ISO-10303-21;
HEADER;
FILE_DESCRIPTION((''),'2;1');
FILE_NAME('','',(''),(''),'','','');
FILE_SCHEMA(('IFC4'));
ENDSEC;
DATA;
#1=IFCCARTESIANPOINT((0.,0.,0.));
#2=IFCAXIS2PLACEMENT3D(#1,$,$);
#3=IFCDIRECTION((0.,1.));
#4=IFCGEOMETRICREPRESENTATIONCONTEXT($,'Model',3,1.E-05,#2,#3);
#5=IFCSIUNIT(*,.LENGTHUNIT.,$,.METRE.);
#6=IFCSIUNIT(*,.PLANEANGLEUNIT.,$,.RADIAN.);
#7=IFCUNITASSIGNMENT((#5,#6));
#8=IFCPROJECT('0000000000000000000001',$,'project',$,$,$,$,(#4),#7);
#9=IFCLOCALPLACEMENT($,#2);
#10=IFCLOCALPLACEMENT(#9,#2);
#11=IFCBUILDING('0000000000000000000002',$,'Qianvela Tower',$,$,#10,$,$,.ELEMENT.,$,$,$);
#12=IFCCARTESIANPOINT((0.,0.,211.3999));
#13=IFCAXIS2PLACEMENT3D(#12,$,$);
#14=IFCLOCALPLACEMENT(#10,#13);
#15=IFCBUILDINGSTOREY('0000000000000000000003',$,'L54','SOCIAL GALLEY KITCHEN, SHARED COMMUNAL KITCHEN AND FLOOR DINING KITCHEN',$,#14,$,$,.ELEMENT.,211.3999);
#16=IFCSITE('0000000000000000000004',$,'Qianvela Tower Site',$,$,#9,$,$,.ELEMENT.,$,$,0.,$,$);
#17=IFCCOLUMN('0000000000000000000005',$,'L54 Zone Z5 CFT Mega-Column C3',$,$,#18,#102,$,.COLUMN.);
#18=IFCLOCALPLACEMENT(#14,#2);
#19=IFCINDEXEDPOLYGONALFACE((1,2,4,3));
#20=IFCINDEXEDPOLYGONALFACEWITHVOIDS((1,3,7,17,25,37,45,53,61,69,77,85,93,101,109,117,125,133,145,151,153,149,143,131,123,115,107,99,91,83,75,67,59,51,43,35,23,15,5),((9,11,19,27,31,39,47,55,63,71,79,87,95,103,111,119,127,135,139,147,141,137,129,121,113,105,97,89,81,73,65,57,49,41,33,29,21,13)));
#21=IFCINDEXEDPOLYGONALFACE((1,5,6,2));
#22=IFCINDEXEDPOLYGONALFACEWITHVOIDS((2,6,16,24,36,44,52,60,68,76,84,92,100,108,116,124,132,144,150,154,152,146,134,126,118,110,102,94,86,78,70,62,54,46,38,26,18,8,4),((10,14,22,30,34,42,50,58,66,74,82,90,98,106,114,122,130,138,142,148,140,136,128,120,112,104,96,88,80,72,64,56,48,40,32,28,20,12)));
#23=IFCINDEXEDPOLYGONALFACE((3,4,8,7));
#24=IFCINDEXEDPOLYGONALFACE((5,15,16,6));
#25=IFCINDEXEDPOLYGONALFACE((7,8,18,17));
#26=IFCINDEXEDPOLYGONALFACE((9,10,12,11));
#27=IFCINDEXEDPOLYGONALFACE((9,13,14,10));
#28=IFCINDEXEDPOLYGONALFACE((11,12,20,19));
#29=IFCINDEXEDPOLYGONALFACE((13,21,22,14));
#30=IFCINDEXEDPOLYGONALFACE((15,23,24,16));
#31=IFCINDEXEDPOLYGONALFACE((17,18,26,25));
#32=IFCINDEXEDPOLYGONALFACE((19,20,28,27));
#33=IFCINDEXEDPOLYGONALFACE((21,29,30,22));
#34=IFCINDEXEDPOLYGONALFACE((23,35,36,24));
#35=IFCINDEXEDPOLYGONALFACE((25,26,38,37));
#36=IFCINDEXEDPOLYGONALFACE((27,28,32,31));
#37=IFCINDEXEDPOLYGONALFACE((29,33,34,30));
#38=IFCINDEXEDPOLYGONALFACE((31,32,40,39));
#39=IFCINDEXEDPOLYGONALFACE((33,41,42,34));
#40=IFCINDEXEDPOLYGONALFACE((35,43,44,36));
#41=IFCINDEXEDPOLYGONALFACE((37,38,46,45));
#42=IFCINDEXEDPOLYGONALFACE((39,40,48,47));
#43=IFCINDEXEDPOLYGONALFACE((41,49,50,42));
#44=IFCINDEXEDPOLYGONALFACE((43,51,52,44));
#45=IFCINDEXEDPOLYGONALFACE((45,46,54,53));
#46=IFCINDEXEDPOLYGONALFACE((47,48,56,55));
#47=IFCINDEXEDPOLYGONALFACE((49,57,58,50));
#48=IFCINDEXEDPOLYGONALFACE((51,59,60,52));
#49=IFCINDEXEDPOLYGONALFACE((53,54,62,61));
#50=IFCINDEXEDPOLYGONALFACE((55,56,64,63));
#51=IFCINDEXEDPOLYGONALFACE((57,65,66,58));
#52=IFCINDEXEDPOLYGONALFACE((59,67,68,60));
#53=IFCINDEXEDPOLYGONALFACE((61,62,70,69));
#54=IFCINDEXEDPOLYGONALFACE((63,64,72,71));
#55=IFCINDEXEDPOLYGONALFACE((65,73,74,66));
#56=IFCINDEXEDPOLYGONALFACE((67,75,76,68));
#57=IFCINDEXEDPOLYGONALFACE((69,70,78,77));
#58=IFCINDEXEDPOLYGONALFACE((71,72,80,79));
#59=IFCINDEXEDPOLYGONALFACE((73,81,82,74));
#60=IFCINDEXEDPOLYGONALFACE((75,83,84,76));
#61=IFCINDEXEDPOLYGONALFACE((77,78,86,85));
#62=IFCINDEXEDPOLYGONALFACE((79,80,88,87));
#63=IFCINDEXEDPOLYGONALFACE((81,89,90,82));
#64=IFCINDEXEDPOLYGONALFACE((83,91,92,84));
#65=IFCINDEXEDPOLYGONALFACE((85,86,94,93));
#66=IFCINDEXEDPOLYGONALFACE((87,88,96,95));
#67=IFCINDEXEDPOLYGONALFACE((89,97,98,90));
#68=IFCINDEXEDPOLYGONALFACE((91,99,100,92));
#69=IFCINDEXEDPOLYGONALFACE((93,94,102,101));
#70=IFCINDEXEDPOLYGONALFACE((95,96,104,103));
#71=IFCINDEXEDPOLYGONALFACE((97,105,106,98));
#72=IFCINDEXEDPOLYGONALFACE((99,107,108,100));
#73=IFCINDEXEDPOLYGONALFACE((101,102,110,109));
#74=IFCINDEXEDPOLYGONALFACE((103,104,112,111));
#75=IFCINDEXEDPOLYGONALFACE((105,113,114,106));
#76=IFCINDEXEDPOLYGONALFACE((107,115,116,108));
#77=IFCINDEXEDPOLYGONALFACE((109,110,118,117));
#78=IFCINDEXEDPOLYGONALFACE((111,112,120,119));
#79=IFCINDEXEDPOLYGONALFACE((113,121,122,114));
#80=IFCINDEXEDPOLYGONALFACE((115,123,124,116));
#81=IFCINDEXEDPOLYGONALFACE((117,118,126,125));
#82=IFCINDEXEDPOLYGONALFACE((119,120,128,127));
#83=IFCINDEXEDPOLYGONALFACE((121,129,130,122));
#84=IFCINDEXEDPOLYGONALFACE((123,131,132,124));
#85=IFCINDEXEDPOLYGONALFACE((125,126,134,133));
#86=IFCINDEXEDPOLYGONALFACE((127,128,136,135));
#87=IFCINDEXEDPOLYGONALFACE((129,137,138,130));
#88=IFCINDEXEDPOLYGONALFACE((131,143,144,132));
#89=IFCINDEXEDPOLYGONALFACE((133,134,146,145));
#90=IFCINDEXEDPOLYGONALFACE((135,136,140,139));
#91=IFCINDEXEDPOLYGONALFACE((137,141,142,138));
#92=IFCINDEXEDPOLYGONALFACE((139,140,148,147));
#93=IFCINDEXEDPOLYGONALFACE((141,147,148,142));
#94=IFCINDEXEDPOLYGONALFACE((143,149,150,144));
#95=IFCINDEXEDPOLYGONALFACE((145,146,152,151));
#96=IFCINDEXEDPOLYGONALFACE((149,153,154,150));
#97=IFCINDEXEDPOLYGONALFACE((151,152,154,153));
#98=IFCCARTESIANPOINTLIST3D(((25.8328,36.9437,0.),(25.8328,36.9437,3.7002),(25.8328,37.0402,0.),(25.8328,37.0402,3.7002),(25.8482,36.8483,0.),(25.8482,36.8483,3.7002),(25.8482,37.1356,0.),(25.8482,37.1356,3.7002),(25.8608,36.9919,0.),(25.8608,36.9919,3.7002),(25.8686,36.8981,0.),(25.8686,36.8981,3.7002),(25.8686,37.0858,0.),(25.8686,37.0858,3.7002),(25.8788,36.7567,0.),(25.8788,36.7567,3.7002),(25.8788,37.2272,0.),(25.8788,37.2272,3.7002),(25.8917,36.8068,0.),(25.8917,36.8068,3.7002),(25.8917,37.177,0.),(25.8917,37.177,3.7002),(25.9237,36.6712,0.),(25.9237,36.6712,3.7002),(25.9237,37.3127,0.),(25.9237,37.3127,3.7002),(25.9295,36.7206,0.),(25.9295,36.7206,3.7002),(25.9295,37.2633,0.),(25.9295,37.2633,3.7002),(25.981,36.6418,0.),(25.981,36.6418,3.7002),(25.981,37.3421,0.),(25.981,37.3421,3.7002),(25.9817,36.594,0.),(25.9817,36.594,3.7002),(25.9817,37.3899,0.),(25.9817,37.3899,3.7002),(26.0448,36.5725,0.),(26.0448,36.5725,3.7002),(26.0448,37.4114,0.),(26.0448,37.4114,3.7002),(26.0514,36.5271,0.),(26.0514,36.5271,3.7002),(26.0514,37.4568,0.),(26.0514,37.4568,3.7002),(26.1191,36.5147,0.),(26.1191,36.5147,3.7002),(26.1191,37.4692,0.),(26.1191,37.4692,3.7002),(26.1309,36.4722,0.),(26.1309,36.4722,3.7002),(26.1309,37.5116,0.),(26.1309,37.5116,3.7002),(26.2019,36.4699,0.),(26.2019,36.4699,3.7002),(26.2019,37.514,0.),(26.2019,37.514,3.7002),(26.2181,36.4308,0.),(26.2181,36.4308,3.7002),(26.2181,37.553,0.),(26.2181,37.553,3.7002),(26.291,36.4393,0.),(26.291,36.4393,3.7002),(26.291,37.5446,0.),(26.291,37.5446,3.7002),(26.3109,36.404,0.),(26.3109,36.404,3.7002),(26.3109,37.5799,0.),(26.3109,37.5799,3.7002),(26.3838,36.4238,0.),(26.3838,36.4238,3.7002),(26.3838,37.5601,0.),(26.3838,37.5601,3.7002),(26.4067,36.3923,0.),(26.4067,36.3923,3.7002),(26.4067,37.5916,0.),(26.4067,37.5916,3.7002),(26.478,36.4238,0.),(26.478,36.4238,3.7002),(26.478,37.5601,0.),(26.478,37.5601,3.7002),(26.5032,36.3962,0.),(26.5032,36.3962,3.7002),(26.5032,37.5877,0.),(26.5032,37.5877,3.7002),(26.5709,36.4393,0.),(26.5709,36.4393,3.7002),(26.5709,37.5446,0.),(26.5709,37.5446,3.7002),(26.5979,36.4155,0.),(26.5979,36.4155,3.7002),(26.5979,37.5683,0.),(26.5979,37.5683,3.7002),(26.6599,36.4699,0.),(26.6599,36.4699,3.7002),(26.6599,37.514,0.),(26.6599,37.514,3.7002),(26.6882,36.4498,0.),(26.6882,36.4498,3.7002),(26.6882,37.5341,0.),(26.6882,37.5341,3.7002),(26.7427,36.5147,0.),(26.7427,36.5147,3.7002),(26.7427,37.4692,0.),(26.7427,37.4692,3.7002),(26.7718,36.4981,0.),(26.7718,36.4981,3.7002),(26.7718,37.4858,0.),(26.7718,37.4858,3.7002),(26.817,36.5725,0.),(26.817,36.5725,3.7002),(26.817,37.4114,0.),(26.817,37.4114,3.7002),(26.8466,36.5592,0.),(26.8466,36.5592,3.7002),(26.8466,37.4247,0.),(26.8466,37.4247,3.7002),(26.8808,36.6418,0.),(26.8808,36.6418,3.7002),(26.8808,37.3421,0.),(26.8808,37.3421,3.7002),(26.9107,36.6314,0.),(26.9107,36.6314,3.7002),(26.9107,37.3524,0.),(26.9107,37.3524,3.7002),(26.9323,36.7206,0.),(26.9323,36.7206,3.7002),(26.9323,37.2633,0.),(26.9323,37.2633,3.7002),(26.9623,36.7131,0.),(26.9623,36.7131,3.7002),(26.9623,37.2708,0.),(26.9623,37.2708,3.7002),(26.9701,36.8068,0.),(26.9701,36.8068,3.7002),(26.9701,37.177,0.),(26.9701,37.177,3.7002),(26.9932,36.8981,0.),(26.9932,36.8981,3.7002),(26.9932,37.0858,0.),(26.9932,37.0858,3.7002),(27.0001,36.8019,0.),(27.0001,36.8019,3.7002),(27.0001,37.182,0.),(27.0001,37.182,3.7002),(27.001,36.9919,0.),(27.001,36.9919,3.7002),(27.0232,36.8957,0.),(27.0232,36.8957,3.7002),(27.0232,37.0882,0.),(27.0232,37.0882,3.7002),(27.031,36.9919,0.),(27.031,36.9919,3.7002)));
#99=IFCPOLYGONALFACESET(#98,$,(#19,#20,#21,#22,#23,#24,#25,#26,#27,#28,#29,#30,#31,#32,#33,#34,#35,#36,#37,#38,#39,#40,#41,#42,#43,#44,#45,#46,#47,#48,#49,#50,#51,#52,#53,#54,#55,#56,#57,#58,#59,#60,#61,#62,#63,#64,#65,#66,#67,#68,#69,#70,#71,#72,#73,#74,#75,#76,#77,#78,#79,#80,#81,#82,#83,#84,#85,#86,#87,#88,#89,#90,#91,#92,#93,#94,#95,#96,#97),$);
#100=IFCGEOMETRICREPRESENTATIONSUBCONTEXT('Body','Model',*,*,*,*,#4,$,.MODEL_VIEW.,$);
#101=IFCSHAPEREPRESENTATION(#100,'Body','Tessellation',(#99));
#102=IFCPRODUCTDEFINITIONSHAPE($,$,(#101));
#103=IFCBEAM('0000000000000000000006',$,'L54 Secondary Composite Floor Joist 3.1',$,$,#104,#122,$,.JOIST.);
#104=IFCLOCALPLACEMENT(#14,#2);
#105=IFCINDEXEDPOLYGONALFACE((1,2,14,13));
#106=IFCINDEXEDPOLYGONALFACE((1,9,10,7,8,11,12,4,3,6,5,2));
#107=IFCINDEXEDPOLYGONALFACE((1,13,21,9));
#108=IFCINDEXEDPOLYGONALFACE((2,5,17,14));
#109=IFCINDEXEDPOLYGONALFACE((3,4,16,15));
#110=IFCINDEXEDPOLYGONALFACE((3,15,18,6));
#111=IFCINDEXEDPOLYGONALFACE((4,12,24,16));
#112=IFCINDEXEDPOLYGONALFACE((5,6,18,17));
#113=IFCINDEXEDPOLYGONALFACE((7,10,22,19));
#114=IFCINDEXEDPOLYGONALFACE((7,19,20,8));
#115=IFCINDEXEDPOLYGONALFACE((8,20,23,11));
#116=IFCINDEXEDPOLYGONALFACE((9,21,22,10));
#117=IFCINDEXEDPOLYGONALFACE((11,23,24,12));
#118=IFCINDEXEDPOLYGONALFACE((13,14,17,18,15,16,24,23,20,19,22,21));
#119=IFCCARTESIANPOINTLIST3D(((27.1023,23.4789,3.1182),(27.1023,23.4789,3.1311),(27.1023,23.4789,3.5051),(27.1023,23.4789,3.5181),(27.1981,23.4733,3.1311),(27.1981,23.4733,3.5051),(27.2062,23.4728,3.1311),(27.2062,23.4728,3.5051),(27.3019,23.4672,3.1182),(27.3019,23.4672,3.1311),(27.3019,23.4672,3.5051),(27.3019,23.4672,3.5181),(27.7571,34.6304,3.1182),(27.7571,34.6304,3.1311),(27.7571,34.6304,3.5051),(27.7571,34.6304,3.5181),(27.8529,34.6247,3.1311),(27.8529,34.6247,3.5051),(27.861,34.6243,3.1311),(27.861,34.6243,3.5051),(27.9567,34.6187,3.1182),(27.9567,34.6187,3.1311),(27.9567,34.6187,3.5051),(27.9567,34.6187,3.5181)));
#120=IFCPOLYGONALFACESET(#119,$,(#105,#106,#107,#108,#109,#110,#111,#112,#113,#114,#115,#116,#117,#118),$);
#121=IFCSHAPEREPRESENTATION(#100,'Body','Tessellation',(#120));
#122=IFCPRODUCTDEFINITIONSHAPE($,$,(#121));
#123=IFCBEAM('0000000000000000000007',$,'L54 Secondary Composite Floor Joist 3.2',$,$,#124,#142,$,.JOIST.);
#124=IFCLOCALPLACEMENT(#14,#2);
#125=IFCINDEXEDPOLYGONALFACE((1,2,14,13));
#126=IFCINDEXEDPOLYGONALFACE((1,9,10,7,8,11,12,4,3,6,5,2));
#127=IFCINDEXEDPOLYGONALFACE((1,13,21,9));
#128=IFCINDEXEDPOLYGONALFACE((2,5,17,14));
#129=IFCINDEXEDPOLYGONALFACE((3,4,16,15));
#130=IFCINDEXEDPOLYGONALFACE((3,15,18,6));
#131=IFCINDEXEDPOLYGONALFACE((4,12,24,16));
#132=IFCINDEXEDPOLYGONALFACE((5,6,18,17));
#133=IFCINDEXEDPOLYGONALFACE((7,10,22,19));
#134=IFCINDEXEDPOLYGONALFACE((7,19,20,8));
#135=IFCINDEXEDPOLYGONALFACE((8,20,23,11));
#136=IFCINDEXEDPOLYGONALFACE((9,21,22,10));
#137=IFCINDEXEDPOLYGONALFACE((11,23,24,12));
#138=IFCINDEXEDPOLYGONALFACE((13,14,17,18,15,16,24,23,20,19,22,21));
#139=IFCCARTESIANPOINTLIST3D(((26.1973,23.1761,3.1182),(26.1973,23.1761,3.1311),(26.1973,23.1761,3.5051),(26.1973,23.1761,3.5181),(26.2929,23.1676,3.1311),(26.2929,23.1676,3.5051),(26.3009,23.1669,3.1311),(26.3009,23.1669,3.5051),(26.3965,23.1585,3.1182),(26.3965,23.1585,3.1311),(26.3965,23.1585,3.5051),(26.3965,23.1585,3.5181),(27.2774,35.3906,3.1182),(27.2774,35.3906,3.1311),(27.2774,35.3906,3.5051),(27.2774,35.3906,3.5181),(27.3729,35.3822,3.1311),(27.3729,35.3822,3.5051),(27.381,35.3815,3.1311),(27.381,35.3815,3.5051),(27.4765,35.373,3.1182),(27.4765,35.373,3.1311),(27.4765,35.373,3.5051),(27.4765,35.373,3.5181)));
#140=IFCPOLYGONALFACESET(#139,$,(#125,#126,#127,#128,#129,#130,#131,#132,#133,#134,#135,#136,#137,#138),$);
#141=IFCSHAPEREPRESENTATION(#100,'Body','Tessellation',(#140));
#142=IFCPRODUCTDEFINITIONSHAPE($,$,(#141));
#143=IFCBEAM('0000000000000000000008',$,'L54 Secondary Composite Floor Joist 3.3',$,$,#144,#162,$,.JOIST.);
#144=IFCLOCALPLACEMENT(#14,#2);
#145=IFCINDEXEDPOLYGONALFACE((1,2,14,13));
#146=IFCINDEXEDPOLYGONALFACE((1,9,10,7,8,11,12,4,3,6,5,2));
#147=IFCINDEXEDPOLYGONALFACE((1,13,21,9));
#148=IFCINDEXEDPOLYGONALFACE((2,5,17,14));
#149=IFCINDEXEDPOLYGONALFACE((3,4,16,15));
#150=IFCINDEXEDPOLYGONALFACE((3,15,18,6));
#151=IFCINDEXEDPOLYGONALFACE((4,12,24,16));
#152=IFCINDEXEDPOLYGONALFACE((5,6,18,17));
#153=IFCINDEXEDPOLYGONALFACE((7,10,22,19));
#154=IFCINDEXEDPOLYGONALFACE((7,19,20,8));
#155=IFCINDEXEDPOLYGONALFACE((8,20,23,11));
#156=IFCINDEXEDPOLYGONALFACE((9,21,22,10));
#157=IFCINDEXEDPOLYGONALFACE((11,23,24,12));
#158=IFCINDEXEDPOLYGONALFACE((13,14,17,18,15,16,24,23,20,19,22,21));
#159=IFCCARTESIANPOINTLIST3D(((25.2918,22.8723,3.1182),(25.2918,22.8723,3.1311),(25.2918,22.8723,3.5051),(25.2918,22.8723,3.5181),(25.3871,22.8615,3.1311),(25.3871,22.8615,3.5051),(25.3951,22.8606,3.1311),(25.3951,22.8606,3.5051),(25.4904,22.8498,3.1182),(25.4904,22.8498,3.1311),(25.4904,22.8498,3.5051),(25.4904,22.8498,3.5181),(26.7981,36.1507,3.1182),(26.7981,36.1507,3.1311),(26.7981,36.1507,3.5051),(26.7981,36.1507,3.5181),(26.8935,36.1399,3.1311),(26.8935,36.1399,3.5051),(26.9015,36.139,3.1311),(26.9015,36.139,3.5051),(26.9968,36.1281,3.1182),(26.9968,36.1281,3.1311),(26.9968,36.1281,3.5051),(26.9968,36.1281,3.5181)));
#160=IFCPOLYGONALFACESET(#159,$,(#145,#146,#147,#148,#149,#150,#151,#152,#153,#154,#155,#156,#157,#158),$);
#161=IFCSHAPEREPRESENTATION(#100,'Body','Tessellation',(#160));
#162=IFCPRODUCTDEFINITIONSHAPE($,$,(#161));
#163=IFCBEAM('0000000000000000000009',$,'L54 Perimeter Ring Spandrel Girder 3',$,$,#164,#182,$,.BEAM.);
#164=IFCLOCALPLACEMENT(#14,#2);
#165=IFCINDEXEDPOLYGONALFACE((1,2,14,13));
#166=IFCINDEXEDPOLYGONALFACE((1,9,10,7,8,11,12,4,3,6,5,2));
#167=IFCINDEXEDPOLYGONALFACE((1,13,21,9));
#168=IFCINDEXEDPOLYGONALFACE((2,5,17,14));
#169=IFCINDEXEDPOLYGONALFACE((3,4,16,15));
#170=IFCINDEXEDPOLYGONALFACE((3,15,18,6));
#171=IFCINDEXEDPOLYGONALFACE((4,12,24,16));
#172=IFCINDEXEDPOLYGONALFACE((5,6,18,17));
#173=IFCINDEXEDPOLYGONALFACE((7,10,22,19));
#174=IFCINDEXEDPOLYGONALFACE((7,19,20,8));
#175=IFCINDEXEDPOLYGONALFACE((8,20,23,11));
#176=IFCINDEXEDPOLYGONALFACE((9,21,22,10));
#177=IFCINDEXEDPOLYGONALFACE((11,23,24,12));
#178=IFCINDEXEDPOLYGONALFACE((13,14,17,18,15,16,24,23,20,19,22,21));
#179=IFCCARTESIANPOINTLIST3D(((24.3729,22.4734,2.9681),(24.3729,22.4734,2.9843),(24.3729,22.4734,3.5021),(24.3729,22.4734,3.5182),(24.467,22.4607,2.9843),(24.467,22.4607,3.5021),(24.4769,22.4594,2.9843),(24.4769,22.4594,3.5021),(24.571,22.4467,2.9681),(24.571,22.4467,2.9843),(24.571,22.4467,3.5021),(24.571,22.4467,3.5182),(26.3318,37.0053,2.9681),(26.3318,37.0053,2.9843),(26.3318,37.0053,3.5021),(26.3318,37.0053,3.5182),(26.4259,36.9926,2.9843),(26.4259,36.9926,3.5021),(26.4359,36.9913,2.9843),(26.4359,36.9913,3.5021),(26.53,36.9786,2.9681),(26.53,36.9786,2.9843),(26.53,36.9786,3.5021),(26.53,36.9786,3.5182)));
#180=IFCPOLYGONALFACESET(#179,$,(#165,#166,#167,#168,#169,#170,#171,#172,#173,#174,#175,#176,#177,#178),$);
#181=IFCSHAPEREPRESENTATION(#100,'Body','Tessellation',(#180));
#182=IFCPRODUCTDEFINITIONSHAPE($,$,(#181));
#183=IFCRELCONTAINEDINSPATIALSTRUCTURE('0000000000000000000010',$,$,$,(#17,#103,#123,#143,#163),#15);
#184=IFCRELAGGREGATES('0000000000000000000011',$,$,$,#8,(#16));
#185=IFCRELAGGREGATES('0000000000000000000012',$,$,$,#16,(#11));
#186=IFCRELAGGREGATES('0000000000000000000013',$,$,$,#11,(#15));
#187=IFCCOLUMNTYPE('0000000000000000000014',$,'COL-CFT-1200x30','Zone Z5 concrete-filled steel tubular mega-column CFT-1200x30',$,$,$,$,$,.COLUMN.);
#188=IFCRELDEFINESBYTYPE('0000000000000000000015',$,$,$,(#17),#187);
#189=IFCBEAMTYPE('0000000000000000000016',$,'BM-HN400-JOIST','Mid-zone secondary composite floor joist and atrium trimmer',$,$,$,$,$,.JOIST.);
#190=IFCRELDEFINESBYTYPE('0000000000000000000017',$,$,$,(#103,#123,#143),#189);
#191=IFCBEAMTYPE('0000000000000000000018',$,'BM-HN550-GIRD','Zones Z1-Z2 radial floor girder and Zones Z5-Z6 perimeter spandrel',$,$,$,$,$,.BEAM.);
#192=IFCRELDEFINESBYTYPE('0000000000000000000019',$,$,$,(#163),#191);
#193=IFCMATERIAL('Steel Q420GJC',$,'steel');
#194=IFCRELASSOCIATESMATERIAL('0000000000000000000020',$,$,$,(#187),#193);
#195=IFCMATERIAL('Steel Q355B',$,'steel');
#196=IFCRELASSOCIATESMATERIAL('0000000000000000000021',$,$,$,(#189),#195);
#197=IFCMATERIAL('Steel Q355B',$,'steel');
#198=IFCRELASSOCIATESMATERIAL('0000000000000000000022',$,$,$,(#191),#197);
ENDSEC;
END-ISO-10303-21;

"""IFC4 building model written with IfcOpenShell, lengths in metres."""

from ifc_helpers import new_model, si_unit, direction, frame, origin, origin_2d, place, context, subcontext, project, spatial, hollow_circle, i_section, extrude, material, material_profile, profile_set, type_object, element, save


model = new_model("IFC4")

# Units and contexts
model_context = context("Model", 3, precision=1e-05, world=origin(), true_north=direction((0.0, 1.0)))
body_context = subcontext(model_context, "Body", "Model", "MODEL_VIEW")
ifc_project = project(units=[si_unit("LENGTHUNIT", "METRE"), si_unit("PLANEANGLEUNIT", "RADIAN")], contexts=[model_context])

# Site, building, storey
site_placement = place(None, origin())
site = spatial("IfcSite", under=ifc_project, at=site_placement, Name="Qianvela Tower Site", CompositionType="ELEMENT", RefElevation=0.0)
building_placement = place(site_placement, origin())
building = spatial("IfcBuilding", under=site, at=building_placement, Name="Qianvela Tower", CompositionType="ELEMENT")
storey_placement = place(building_placement, frame((0.0, 0.0, 211.3999)))
storey = spatial("IfcBuildingStorey", under=building, at=storey_placement, Name="L54", Description="SOCIAL GALLEY KITCHEN, SHARED COMMUNAL KITCHEN AND FLOOR DINING KITCHEN", CompositionType="ELEMENT", Elevation=211.3999)

# Column
ifc_material_1 = material(Name="Steel Q420GJC", Category="steel")
ifc_material_profile_1 = material_profile(ifc_material_1, hollow_circle(Radius=0.6001, WallThickness=0.03, at=origin_2d()), Name="CFT-1200x30")
ifc_profile_set_1 = profile_set([ifc_material_profile_1], Name="Steel Q420GJC")
column_type = type_object("IfcColumnType", Name="COL-CFT-1200x30", Description="Zone Z5 concrete-filled steel tubular mega-column CFT-1200x30", PredefinedType="COLUMN", material=ifc_profile_set_1)
column_placement = place(storey_placement, frame((26.4309, 36.9919, 0.0), z_axis=(0.0, 0.0, 1.0), x_axis=(1.0, 0.0, 0.0)))
element("IfcColumn", 1, at=column_placement, inside=storey, type_object=column_type, Name="L54 Zone Z5 CFT Mega-Column C3", PredefinedType="COLUMN", context=body_context, shape_type="SweptSolid", body=[
    extrude(hollow_circle(Radius=0.6001, WallThickness=0.03, at=origin_2d()), origin(), (0.0, 0.0, 1.0), 3.7002),
])

# Beams
ifc_material_2 = material(Name="Steel Q355B", Category="steel")
ifc_material_profile_2 = material_profile(ifc_material_2, i_section(OverallWidth=0.2, OverallDepth=0.3999, WebThickness=0.0081, FlangeThickness=0.0129, at=origin_2d()), Name="HN400x200x8x13")
ifc_profile_set_2 = profile_set([ifc_material_profile_2], Name="Steel Q355B")
beam_type_1 = type_object("IfcBeamType", Name="BM-HN400-JOIST", Description="Mid-zone secondary composite floor joist and atrium trimmer", PredefinedType="JOIST", material=ifc_profile_set_2)
beam_1_placement = place(storey_placement, frame((27.8569, 34.6245, 3.3181), z_axis=(-0.058617, -0.998281, 0.0), x_axis=(0.998281, -0.058617, 0.0)))
element("IfcBeam", 2, at=beam_1_placement, inside=storey, type_object=beam_type_1, Name="L54 Secondary Composite Floor Joist 3.1", PredefinedType="JOIST", context=body_context, shape_type="SweptSolid", body=[
    extrude(i_section(OverallWidth=0.2, OverallDepth=0.3999, WebThickness=0.0081, FlangeThickness=0.0129, at=origin_2d()), origin(), (0.0, 0.0, 1.0), 11.1707),
])
beam_2_placement = place(storey_placement, frame((27.377, 35.3818, 3.3181), z_axis=(-0.088081, -0.996113, 0.0), x_axis=(0.996113, -0.088081, 0.0)))
element("IfcBeam", 3, at=beam_2_placement, inside=storey, type_object=beam_type_1, Name="L54 Secondary Composite Floor Joist 3.2", PredefinedType="JOIST", context=body_context, shape_type="SweptSolid", body=[
    extrude(i_section(OverallWidth=0.2, OverallDepth=0.3999, WebThickness=0.0081, FlangeThickness=0.0129, at=origin_2d()), origin(), (0.0, 0.0, 1.0), 12.2622),
])
beam_3_placement = place(storey_placement, frame((26.8975, 36.1394, 3.3181), z_axis=(-0.112721, -0.993627, 0.0), x_axis=(0.993627, -0.112721, 0.0)))
element("IfcBeam", 4, at=beam_3_placement, inside=storey, type_object=beam_type_1, Name="L54 Secondary Composite Floor Joist 3.3", PredefinedType="JOIST", context=body_context, shape_type="SweptSolid", body=[
    extrude(i_section(OverallWidth=0.2, OverallDepth=0.3999, WebThickness=0.0081, FlangeThickness=0.0129, at=origin_2d()), origin(), (0.0, 0.0, 1.0), 13.3635),
])
ifc_material_3 = material(Name="Steel Q355B", Category="steel")
ifc_material_profile_3 = material_profile(ifc_material_3, i_section(OverallWidth=0.2, OverallDepth=0.55, WebThickness=0.01, FlangeThickness=0.0161, at=origin_2d()), Name="HN550x200x10x16")
ifc_profile_set_3 = profile_set([ifc_material_profile_3], Name="Steel Q355B")
beam_type_2 = type_object("IfcBeamType", Name="BM-HN550-GIRD", Description="Zones Z1-Z2 radial floor girder and Zones Z5-Z6 perimeter spandrel", PredefinedType="BEAM", material=ifc_profile_set_3)
beam_4_placement = place(storey_placement, frame((26.4309, 36.9919, 3.2432), z_axis=(-0.133597, -0.991036, 0.0), x_axis=(0.991036, -0.133597, 0.0)))
element("IfcBeam", 5, at=beam_4_placement, inside=storey, type_object=beam_type_2, Name="L54 Perimeter Ring Spandrel Girder 3", PredefinedType="BEAM", context=body_context, shape_type="SweptSolid", body=[
    extrude(i_section(OverallWidth=0.2, OverallDepth=0.55, WebThickness=0.01, FlangeThickness=0.0161, at=origin_2d()), origin(), (0.0, 0.0, 1.0), 14.6633),
])

save(model, "model.ifc")
